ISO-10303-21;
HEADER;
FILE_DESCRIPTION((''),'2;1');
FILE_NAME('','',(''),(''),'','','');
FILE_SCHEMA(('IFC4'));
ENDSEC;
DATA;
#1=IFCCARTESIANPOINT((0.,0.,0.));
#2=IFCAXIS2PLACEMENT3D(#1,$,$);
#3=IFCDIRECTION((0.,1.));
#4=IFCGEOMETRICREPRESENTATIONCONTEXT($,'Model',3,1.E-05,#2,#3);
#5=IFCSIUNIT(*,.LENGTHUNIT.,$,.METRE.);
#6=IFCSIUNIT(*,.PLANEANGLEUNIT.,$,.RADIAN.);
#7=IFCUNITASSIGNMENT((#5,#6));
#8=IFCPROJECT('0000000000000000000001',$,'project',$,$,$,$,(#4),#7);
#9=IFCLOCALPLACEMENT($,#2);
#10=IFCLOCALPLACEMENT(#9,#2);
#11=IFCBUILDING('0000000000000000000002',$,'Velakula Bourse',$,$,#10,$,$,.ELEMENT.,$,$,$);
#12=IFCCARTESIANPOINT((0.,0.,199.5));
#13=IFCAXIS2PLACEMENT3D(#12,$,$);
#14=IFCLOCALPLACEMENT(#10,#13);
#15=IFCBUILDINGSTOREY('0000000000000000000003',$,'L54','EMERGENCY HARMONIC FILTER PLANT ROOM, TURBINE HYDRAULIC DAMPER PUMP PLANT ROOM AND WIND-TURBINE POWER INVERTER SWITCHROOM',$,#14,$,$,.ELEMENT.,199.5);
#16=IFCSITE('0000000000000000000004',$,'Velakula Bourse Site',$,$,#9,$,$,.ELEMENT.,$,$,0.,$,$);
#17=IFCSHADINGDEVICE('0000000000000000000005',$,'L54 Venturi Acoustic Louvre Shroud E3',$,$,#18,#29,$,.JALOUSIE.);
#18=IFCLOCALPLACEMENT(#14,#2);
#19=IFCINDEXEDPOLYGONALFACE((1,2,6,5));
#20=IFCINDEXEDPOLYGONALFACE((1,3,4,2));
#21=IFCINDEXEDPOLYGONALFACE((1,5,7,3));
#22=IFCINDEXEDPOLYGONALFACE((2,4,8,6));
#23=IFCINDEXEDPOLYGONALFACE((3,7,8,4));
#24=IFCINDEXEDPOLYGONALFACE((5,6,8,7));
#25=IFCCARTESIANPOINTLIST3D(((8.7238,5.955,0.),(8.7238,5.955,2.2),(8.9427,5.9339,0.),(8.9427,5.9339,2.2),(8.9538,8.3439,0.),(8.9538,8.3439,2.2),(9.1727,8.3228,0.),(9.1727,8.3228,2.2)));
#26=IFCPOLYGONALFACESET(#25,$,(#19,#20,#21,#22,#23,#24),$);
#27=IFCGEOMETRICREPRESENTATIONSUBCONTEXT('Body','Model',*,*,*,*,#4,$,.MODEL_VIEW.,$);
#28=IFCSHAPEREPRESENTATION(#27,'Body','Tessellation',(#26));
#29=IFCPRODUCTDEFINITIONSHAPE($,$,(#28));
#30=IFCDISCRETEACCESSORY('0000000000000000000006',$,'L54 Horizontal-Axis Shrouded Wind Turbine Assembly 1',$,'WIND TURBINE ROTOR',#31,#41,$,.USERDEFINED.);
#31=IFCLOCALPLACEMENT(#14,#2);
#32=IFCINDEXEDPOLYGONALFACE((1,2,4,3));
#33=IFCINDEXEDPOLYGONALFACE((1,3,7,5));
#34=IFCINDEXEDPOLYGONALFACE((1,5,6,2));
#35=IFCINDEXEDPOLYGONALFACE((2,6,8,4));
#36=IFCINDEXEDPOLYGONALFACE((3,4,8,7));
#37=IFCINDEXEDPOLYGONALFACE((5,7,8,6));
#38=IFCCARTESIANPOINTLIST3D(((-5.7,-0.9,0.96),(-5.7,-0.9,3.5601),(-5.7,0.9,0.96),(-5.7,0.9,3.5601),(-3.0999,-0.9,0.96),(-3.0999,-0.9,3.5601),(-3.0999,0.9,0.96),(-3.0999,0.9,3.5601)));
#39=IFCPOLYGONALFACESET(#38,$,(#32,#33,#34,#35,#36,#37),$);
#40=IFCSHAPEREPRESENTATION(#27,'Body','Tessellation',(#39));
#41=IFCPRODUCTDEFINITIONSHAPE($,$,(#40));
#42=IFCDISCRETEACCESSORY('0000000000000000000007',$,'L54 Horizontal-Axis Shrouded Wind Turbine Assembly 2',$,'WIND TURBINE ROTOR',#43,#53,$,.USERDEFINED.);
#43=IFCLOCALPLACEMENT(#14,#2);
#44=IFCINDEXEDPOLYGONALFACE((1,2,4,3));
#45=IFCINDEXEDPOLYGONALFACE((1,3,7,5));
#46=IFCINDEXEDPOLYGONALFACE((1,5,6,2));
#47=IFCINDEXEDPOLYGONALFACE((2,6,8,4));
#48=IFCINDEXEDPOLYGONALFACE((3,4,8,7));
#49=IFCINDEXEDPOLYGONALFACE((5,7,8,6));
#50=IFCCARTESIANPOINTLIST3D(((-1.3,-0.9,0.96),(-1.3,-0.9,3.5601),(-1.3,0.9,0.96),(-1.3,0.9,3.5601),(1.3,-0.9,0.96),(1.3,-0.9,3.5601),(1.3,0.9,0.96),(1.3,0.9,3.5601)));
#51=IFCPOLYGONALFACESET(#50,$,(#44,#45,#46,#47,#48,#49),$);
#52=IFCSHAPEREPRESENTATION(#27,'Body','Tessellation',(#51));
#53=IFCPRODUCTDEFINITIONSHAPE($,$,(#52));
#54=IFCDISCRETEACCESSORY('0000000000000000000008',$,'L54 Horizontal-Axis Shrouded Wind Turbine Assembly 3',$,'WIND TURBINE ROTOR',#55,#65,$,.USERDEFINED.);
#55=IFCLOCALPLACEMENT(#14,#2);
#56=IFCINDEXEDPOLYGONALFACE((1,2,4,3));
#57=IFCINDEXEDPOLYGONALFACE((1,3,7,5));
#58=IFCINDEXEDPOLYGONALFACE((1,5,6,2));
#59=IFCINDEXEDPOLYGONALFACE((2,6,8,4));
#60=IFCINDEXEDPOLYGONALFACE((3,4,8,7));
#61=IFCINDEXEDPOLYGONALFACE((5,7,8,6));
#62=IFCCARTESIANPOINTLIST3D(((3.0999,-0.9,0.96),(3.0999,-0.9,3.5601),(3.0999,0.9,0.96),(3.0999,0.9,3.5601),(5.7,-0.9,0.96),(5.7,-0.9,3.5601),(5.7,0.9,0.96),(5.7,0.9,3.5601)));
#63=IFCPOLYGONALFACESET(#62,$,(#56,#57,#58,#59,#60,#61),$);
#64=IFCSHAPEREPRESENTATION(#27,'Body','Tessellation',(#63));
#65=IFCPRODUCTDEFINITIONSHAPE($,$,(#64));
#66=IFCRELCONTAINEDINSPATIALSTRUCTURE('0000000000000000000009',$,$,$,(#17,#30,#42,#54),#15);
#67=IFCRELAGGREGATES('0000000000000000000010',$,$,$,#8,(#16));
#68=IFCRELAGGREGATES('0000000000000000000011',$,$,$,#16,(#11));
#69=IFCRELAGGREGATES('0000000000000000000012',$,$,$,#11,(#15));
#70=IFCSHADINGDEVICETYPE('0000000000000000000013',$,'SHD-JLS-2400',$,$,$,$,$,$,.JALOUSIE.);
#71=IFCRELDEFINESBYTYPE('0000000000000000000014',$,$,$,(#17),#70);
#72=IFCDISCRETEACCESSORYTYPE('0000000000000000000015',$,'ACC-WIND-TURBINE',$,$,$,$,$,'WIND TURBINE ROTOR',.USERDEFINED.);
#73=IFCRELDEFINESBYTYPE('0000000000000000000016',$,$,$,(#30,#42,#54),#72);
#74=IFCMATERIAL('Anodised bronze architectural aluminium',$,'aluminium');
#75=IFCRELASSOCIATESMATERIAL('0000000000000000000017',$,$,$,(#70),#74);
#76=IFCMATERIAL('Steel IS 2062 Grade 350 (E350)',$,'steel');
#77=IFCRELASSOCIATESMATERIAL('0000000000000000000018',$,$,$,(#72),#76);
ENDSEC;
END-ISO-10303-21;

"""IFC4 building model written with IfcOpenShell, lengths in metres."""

from ifc_helpers import new_model, si_unit, direction, frame, origin, origin_2d, place, context, subcontext, project, spatial, rectangle, extrude, material, type_object, element, save


model = new_model("IFC4")

# Units and contexts
model_context = context("Model", 3, precision=1e-05, world=origin(), true_north=direction((0.0, 1.0)))
body_context = subcontext(model_context, "Body", "Model", "MODEL_VIEW")
ifc_project = project(units=[si_unit("LENGTHUNIT", "METRE"), si_unit("PLANEANGLEUNIT", "RADIAN")], contexts=[model_context])

# Site, building, storey
site_placement = place(None, origin())
site = spatial("IfcSite", under=ifc_project, at=site_placement, Name="Velakula Bourse Site", CompositionType="ELEMENT", RefElevation=0.0)
building_placement = place(site_placement, origin())
building = spatial("IfcBuilding", under=site, at=building_placement, Name="Velakula Bourse", CompositionType="ELEMENT")
storey_placement = place(building_placement, frame((0.0, 0.0, 199.5)))
storey = spatial("IfcBuildingStorey", under=building, at=storey_placement, Name="L54", Description="EMERGENCY HARMONIC FILTER PLANT ROOM, TURBINE HYDRAULIC DAMPER PUMP PLANT ROOM AND WIND-TURBINE POWER INVERTER SWITCHROOM", CompositionType="ELEMENT", Elevation=199.5)

# Shared definitions
ifc_material_1 = material(Name="Steel IS 2062 Grade 350 (E350)", Category="steel")

# Shared definitions
ifc_material_2 = material(Name="Anodised bronze architectural aluminium", Category="aluminium")

# Shading device
shading_device_type = type_object("IfcShadingDeviceType", Name="SHD-JLS-2400", PredefinedType="JALOUSIE", material=ifc_material_2)
for number, where, z_axis, x_axis, name in (
    (1, (8.9482, 7.1389, 0.0), (0.0, 0.0, 1.0), (0.995396, -0.095846, 0.0), "L54 Venturi Acoustic Louvre Shroud E3"),
):
    element("IfcShadingDevice", number, at=place(storey_placement, frame(where, z_axis=z_axis, x_axis=x_axis)), inside=storey, type_object=shading_device_type, Name=name, PredefinedType="JALOUSIE", context=body_context, shape_type="SweptSolid", body=[
        extrude(rectangle(XDim=0.22, YDim=2.3999, at=origin_2d()), origin(), (0.0, 0.0, 1.0), 2.2),
    ])

# Discrete accessories
discrete_accessory_type = type_object("IfcDiscreteAccessoryType", Name="ACC-WIND-TURBINE", ElementType="WIND TURBINE ROTOR", PredefinedType="USERDEFINED", material=ifc_material_1)
for number, where, z_axis, x_axis, name in (
    (2, (-4.3999, 0.0, 0.96), (0.0, 0.0, 1.0), (1.0, 0.0, 0.0), "L54 Horizontal-Axis Shrouded Wind Turbine Assembly 1"),
    (3, (0.0, 0.0, 0.96), (0.0, 0.0, 1.0), (1.0, 0.0, 0.0), "L54 Horizontal-Axis Shrouded Wind Turbine Assembly 2"),
    (4, (4.3999, 0.0, 0.96), (0.0, 0.0, 1.0), (1.0, 0.0, 0.0), "L54 Horizontal-Axis Shrouded Wind Turbine Assembly 3"),
):
    element("IfcDiscreteAccessory", number, at=place(storey_placement, frame(where, z_axis=z_axis, x_axis=x_axis)), inside=storey, type_object=discrete_accessory_type, Name=name, ObjectType="WIND TURBINE ROTOR", PredefinedType="USERDEFINED", context=body_context, shape_type="SweptSolid", body=[
        extrude(rectangle(XDim=2.6001, YDim=1.8, at=origin_2d()), origin(), (0.0, 0.0, 1.0), 2.6001),
    ])

save(model, "model.ifc")
